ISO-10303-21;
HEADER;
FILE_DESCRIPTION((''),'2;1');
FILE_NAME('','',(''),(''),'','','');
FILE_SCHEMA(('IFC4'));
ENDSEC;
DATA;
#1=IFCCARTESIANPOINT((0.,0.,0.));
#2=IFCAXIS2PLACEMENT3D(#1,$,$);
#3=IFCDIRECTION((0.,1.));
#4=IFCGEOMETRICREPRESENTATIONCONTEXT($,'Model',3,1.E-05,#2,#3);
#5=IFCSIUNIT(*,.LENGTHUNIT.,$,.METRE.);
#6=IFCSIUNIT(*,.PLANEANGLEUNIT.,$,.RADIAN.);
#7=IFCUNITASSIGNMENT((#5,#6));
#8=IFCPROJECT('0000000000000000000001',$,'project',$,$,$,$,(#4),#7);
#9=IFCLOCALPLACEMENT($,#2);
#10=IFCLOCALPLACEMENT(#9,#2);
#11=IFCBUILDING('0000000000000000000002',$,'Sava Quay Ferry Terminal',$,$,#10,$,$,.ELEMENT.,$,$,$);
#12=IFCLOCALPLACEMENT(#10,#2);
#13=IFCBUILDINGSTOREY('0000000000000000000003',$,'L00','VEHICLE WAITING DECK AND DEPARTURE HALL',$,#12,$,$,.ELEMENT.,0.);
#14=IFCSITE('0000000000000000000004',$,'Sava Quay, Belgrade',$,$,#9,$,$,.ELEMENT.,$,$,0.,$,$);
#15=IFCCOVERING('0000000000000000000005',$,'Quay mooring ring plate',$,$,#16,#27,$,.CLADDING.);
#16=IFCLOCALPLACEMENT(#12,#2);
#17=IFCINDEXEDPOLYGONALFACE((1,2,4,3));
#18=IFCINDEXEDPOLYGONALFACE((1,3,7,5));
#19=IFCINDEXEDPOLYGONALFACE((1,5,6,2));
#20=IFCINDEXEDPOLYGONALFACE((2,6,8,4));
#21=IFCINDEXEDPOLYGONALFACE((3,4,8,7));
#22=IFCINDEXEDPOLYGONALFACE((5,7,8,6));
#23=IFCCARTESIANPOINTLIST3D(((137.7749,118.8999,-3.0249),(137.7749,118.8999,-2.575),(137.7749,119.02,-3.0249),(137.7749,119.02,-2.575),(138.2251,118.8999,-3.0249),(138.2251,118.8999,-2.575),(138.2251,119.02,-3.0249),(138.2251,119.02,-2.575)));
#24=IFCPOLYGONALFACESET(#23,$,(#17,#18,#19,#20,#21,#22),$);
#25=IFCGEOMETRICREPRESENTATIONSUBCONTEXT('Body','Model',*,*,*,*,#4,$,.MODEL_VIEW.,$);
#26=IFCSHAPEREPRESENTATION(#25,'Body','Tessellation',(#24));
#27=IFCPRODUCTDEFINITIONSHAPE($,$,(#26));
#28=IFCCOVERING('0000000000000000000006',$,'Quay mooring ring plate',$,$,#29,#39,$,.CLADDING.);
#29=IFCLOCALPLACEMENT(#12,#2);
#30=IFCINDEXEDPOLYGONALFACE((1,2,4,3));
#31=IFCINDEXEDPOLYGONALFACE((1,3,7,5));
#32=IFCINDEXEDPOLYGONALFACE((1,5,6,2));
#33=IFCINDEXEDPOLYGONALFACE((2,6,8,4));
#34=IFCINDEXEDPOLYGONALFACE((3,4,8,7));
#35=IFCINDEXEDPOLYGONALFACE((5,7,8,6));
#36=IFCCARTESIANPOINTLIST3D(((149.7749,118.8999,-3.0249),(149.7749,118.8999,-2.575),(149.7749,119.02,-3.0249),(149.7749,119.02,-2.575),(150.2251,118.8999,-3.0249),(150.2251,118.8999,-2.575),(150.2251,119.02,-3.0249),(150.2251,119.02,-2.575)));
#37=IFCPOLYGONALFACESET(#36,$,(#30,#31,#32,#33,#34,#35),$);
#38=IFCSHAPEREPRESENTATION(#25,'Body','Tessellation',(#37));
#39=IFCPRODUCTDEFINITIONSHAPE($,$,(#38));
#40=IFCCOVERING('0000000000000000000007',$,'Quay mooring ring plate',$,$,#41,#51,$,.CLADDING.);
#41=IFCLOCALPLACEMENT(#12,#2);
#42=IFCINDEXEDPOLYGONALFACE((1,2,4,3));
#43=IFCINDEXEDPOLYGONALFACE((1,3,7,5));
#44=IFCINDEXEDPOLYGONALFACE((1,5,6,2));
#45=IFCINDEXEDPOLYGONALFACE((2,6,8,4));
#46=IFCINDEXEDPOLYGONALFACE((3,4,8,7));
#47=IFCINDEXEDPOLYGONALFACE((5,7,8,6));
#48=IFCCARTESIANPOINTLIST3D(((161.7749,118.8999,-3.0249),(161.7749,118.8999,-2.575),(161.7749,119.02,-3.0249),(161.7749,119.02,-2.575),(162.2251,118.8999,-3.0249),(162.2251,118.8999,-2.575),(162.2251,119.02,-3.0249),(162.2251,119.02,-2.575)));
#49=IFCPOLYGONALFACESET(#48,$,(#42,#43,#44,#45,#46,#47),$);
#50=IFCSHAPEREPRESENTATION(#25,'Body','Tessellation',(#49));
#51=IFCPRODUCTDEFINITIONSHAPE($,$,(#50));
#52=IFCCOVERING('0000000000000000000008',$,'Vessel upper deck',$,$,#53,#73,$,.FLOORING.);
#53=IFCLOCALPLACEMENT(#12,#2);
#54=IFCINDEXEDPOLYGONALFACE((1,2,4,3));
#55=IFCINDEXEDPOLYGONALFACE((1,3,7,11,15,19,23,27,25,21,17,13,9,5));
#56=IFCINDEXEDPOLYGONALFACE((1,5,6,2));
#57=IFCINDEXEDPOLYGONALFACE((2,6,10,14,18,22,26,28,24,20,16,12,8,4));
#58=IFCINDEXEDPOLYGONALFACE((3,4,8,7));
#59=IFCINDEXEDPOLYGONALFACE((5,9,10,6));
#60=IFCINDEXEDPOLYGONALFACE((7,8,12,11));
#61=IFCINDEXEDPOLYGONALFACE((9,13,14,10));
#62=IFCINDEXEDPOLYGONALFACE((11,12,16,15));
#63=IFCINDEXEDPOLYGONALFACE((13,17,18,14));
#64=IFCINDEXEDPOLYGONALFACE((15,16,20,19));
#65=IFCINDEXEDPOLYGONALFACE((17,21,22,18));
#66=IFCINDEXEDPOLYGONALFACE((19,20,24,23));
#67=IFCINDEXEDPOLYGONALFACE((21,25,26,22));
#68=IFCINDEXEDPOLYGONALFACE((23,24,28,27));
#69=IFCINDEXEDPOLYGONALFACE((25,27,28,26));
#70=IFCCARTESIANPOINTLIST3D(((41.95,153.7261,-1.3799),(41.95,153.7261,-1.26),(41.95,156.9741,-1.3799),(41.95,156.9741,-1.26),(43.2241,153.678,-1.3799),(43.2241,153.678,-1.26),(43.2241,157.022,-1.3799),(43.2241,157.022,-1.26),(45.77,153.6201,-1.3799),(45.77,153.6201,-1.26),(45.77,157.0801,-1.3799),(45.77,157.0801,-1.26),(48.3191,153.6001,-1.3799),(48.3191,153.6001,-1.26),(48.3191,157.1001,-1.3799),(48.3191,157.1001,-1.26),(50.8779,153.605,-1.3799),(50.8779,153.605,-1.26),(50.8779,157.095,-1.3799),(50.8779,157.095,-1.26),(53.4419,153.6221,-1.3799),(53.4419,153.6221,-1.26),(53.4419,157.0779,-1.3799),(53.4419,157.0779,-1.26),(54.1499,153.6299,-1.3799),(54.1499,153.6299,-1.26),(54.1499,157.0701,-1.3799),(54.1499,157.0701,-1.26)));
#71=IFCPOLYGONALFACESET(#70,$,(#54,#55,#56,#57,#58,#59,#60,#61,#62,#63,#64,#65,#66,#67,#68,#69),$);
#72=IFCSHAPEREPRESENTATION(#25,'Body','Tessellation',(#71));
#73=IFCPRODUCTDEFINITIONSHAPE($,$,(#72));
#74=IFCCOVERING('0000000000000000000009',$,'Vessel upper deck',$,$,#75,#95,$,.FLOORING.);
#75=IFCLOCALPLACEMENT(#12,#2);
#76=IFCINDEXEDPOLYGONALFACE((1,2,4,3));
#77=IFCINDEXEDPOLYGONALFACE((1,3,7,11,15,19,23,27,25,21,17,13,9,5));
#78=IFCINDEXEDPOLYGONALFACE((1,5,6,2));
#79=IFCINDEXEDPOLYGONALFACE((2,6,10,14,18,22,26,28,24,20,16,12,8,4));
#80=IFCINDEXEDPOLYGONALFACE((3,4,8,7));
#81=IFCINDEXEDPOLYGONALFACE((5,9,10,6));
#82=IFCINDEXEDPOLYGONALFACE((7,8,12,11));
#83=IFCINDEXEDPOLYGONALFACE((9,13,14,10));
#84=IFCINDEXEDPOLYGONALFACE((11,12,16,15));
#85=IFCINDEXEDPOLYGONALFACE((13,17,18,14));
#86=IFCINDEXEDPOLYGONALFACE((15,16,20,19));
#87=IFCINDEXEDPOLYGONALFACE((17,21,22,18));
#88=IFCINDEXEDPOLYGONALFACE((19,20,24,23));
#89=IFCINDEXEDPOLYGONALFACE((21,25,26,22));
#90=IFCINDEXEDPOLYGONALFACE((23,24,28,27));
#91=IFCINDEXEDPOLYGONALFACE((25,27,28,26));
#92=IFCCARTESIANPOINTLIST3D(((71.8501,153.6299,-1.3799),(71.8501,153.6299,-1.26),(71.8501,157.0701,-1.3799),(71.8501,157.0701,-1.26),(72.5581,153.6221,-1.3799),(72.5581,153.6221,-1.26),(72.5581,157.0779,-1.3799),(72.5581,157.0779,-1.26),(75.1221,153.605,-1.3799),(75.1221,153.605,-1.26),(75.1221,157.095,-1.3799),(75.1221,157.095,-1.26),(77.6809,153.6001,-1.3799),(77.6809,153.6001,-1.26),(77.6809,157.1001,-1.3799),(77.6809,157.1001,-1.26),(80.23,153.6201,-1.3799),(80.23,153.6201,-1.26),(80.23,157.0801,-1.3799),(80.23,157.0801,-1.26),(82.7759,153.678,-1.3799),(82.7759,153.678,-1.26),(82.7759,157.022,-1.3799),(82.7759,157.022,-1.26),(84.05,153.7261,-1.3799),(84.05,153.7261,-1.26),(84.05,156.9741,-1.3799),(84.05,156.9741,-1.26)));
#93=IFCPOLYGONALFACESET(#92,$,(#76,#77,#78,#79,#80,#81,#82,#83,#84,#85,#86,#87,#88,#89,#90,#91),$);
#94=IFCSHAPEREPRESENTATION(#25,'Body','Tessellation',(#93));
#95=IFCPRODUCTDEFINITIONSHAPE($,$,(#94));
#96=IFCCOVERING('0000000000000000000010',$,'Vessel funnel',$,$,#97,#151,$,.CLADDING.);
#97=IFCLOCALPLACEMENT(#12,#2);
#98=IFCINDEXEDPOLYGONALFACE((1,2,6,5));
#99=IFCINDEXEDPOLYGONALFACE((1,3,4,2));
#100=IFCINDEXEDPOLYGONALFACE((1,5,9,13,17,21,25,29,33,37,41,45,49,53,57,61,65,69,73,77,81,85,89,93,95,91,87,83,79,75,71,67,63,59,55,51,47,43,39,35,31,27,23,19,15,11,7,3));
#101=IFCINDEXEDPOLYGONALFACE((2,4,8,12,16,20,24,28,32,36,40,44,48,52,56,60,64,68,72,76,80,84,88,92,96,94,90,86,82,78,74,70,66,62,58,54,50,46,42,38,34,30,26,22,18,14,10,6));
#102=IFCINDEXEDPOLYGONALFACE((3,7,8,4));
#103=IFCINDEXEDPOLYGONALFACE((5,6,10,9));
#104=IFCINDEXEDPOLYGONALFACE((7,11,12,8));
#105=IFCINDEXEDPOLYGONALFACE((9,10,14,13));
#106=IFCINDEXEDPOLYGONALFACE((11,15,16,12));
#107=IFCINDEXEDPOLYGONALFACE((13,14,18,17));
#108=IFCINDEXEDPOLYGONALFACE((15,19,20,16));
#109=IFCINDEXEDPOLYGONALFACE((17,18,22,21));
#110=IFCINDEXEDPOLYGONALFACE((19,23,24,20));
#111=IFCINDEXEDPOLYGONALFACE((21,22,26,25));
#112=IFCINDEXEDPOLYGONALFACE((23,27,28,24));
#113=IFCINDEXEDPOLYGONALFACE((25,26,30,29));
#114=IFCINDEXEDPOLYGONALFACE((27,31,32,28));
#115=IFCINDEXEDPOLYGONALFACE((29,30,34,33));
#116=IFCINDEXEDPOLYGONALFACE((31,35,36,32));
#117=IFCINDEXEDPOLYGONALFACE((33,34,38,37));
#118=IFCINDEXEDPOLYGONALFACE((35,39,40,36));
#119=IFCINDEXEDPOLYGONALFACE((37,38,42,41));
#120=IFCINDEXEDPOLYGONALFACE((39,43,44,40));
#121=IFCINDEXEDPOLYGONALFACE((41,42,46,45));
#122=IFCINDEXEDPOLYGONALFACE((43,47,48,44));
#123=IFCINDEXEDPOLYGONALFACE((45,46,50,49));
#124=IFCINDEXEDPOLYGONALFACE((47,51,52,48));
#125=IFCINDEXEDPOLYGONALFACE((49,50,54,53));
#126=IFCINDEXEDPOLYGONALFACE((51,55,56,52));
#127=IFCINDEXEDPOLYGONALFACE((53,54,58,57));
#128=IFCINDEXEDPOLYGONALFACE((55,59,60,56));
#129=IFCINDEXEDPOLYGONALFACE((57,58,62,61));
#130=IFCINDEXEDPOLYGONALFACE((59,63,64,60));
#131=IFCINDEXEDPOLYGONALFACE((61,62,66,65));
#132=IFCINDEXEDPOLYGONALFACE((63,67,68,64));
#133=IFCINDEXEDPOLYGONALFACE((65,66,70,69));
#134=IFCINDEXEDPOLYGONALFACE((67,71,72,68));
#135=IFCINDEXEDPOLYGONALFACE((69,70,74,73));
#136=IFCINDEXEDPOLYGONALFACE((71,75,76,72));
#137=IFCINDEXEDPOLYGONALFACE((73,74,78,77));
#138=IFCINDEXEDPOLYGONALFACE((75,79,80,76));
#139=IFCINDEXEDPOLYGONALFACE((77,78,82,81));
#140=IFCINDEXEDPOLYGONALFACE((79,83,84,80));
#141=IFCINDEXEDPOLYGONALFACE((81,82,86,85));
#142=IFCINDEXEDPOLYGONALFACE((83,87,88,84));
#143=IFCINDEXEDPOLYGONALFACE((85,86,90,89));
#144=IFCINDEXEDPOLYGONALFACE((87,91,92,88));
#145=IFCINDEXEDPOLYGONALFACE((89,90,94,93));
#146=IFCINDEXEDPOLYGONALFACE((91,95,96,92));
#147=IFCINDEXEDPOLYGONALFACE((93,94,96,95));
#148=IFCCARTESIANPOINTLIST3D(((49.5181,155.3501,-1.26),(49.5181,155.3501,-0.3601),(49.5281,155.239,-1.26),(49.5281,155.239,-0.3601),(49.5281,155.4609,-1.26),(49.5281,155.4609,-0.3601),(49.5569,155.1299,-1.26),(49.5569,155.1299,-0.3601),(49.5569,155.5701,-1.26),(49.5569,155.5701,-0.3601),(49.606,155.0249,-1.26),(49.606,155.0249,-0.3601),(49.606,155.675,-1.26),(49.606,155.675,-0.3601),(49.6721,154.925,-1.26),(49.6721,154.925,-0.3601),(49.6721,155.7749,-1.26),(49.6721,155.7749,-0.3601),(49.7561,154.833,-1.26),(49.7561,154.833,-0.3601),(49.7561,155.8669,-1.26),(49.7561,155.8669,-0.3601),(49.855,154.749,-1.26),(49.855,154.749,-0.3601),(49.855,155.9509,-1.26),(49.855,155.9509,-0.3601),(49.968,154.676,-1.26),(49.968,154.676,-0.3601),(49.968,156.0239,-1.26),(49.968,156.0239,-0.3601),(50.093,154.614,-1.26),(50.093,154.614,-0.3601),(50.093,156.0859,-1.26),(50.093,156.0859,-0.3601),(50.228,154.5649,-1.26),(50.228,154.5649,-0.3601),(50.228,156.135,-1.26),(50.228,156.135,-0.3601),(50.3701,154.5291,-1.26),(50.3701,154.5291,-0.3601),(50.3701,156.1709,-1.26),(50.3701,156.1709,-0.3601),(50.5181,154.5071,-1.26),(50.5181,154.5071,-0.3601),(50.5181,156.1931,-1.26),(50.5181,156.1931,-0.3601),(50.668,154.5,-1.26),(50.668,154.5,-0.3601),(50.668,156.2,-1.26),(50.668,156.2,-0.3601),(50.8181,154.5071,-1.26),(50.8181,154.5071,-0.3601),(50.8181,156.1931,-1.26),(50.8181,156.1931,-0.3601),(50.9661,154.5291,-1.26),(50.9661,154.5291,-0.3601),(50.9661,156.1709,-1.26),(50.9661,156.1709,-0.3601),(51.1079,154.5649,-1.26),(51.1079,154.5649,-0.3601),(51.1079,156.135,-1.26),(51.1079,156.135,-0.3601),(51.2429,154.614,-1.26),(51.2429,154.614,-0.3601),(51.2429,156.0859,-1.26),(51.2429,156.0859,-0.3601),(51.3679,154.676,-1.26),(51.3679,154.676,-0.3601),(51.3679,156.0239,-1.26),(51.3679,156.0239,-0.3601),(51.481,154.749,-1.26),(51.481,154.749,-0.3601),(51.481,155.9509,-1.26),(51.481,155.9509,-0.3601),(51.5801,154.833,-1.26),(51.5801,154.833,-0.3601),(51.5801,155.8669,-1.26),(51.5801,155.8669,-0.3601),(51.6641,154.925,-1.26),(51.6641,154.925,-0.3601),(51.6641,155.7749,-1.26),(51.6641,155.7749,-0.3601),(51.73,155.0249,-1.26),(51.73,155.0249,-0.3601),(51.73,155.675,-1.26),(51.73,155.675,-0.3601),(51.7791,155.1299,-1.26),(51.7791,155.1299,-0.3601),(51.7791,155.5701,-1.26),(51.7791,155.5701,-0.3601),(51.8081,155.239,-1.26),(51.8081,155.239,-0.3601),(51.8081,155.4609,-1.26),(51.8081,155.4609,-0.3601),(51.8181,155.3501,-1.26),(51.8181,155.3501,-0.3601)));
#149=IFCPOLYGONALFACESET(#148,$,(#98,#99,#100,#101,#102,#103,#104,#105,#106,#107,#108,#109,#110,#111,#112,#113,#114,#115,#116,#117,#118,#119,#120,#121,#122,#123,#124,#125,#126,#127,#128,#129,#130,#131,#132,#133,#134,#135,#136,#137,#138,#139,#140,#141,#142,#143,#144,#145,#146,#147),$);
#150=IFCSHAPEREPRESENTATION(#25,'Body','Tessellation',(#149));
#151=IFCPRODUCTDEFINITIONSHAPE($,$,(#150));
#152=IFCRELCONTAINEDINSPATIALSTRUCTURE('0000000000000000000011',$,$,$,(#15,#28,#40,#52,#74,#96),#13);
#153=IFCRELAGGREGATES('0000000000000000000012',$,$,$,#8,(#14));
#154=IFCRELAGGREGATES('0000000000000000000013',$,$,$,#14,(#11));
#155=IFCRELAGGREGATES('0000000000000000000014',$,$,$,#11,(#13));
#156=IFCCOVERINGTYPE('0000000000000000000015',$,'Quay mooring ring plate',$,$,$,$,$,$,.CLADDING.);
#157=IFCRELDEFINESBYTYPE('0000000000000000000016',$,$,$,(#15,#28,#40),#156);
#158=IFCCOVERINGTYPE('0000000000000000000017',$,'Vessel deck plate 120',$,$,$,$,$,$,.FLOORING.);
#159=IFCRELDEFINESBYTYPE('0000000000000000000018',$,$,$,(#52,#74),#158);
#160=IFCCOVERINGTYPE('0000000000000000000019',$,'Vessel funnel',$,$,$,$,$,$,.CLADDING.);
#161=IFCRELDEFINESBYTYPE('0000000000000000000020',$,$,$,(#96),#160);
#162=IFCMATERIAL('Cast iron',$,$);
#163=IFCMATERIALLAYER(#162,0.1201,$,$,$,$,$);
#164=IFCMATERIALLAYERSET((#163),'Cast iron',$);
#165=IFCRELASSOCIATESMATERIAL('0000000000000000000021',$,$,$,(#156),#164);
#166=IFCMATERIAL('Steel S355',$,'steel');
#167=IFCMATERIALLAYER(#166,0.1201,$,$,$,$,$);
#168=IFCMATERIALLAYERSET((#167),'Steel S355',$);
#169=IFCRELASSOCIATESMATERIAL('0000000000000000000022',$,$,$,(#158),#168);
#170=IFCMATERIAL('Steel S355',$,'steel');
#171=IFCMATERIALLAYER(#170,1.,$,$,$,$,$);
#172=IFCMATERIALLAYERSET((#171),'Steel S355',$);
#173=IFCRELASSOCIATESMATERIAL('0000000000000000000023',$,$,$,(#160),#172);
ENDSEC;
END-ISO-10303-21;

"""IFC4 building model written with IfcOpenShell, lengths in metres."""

from ifc_helpers import new_model, si_unit, direction, frame, origin, place, context, subcontext, project, spatial, polyline, outline, extrude, material, layer, layer_set, type_object, element, save


model = new_model("IFC4")

# Units and contexts
model_context = context("Model", 3, precision=1e-05, world=origin(), true_north=direction((0.0, 1.0)))
body_context = subcontext(model_context, "Body", "Model", "MODEL_VIEW")
ifc_project = project(units=[si_unit("LENGTHUNIT", "METRE"), si_unit("PLANEANGLEUNIT", "RADIAN")], contexts=[model_context])

# Site, building, storey
site_placement = place(None, origin())
site = spatial("IfcSite", under=ifc_project, at=site_placement, Name="Sava Quay, Belgrade", CompositionType="ELEMENT", RefElevation=0.0)
building_placement = place(site_placement, origin())
building = spatial("IfcBuilding", under=site, at=building_placement, Name="Sava Quay Ferry Terminal", CompositionType="ELEMENT")
storey_placement = place(building_placement, origin())
storey = spatial("IfcBuildingStorey", under=building, at=storey_placement, Name="L00", Description="VEHICLE WAITING DECK AND DEPARTURE HALL", CompositionType="ELEMENT", Elevation=0.0)

# Coverings
ifc_material_1 = material(Name="Cast iron")
ifc_layer_1 = layer(ifc_material_1, 0.1201)
ifc_layer_set_1 = layer_set([ifc_layer_1], Name="Cast iron")
covering_type_1 = type_object("IfcCoveringType", Name="Quay mooring ring plate", PredefinedType="CLADDING", material=ifc_layer_set_1)
covering_1_placement = place(storey_placement, frame((0.0, 0.0, -3.0249)))
element("IfcCovering", 1, at=covering_1_placement, inside=storey, type_object=covering_type_1, Name="Quay mooring ring plate", PredefinedType="CLADDING", context=body_context, shape_type="SweptSolid", body=[
    extrude(outline(polyline([(138.2251, 118.8999), (138.2251, 119.02), (137.7749, 119.02), (137.7749, 118.8999), (138.2251, 118.8999)])), origin(), (0.0, 0.0, 1.0), 0.45),
])
covering_2_placement = place(storey_placement, frame((0.0, 0.0, -3.0249)))
element("IfcCovering", 2, at=covering_2_placement, inside=storey, type_object=covering_type_1, Name="Quay mooring ring plate", PredefinedType="CLADDING", context=body_context, shape_type="SweptSolid", body=[
    extrude(outline(polyline([(150.2251, 118.8999), (150.2251, 119.02), (149.7749, 119.02), (149.7749, 118.8999), (150.2251, 118.8999)])), origin(), (0.0, 0.0, 1.0), 0.45),
])
covering_3_placement = place(storey_placement, frame((0.0, 0.0, -3.0249)))
element("IfcCovering", 3, at=covering_3_placement, inside=storey, type_object=covering_type_1, Name="Quay mooring ring plate", PredefinedType="CLADDING", context=body_context, shape_type="SweptSolid", body=[
    extrude(outline(polyline([(162.2251, 118.8999), (162.2251, 119.02), (161.7749, 119.02), (161.7749, 118.8999), (162.2251, 118.8999)])), origin(), (0.0, 0.0, 1.0), 0.45),
])
ifc_material_2 = material(Name="Steel S355", Category="steel")
ifc_layer_2 = layer(ifc_material_2, 0.1201)
ifc_layer_set_2 = layer_set([ifc_layer_2], Name="Steel S355")
covering_type_2 = type_object("IfcCoveringType", Name="Vessel deck plate 120", PredefinedType="FLOORING", material=ifc_layer_set_2)
covering_4_placement = place(storey_placement, frame((0.0, 0.0, -1.3799)))
element("IfcCovering", 4, at=covering_4_placement, inside=storey, type_object=covering_type_2, Name="Vessel upper deck", PredefinedType="FLOORING", context=body_context, shape_type="SweptSolid", body=[
    extrude(outline(polyline([(53.4419, 157.0779), (50.8779, 157.095), (48.3191, 157.1001), (45.77, 157.0801), (43.2241, 157.022), (41.95, 156.9741), (41.95, 153.7261), (43.2241, 153.678), (45.77, 153.6201), (48.3191, 153.6001), (50.8779, 153.605), (53.4419, 153.6221), (54.1499, 153.6299), (54.1499, 157.0701), (53.4419, 157.0779)])), origin(), (0.0, 0.0, 1.0), 0.1199),
])
covering_5_placement = place(storey_placement, frame((0.0, 0.0, -1.3799)))
element("IfcCovering", 5, at=covering_5_placement, inside=storey, type_object=covering_type_2, Name="Vessel upper deck", PredefinedType="FLOORING", context=body_context, shape_type="SweptSolid", body=[
    extrude(outline(polyline([(72.5581, 157.0779), (71.8501, 157.0701), (71.8501, 153.6299), (72.5581, 153.6221), (75.1221, 153.605), (77.6809, 153.6001), (80.23, 153.6201), (82.7759, 153.678), (84.05, 153.7261), (84.05, 156.9741), (82.7759, 157.022), (80.23, 157.0801), (77.6809, 157.1001), (75.1221, 157.095), (72.5581, 157.0779)])), origin(), (0.0, 0.0, 1.0), 0.1199),
])
ifc_material_3 = material(Name="Steel S355", Category="steel")
ifc_layer_3 = layer(ifc_material_3, 1.0)
ifc_layer_set_3 = layer_set([ifc_layer_3], Name="Steel S355")
covering_type_3 = type_object("IfcCoveringType", Name="Vessel funnel", PredefinedType="CLADDING", material=ifc_layer_set_3)
covering_6_placement = place(storey_placement, frame((0.0, 0.0, -1.26)))
element("IfcCovering", 6, at=covering_6_placement, inside=storey, type_object=covering_type_3, Name="Vessel funnel", PredefinedType="CLADDING", context=body_context, shape_type="SweptSolid", body=[
    extrude(outline(polyline([(49.5181, 155.3501), (49.5281, 155.239), (49.5569, 155.1299), (49.606, 155.0249), (49.6721, 154.925), (49.7561, 154.833), (49.855, 154.749), (49.968, 154.676), (50.093, 154.614), (50.228, 154.5649), (50.3701, 154.5291), (50.5181, 154.5071), (50.668, 154.5), (50.8181, 154.5071), (50.9661, 154.5291), (51.1079, 154.5649), (51.2429, 154.614), (51.3679, 154.676), (51.481, 154.749), (51.5801, 154.833), (51.6641, 154.925), (51.73, 155.0249), (51.7791, 155.1299), (51.8081, 155.239), (51.8181, 155.3501), (51.8081, 155.4609), (51.7791, 155.5701), (51.73, 155.675), (51.6641, 155.7749), (51.5801, 155.8669), (51.481, 155.9509), (51.3679, 156.0239), (51.2429, 156.0859), (51.1079, 156.135), (50.9661, 156.1709), (50.8181, 156.1931), (50.668, 156.2), (50.5181, 156.1931), (50.3701, 156.1709), (50.228, 156.135), (50.093, 156.0859), (49.968, 156.0239), (49.855, 155.9509), (49.7561, 155.8669), (49.6721, 155.7749), (49.606, 155.675), (49.5569, 155.5701), (49.5281, 155.4609), (49.5181, 155.3501)])), origin(), (0.0, 0.0, 1.0), 0.8999),
])

save(model, "model.ifc")
